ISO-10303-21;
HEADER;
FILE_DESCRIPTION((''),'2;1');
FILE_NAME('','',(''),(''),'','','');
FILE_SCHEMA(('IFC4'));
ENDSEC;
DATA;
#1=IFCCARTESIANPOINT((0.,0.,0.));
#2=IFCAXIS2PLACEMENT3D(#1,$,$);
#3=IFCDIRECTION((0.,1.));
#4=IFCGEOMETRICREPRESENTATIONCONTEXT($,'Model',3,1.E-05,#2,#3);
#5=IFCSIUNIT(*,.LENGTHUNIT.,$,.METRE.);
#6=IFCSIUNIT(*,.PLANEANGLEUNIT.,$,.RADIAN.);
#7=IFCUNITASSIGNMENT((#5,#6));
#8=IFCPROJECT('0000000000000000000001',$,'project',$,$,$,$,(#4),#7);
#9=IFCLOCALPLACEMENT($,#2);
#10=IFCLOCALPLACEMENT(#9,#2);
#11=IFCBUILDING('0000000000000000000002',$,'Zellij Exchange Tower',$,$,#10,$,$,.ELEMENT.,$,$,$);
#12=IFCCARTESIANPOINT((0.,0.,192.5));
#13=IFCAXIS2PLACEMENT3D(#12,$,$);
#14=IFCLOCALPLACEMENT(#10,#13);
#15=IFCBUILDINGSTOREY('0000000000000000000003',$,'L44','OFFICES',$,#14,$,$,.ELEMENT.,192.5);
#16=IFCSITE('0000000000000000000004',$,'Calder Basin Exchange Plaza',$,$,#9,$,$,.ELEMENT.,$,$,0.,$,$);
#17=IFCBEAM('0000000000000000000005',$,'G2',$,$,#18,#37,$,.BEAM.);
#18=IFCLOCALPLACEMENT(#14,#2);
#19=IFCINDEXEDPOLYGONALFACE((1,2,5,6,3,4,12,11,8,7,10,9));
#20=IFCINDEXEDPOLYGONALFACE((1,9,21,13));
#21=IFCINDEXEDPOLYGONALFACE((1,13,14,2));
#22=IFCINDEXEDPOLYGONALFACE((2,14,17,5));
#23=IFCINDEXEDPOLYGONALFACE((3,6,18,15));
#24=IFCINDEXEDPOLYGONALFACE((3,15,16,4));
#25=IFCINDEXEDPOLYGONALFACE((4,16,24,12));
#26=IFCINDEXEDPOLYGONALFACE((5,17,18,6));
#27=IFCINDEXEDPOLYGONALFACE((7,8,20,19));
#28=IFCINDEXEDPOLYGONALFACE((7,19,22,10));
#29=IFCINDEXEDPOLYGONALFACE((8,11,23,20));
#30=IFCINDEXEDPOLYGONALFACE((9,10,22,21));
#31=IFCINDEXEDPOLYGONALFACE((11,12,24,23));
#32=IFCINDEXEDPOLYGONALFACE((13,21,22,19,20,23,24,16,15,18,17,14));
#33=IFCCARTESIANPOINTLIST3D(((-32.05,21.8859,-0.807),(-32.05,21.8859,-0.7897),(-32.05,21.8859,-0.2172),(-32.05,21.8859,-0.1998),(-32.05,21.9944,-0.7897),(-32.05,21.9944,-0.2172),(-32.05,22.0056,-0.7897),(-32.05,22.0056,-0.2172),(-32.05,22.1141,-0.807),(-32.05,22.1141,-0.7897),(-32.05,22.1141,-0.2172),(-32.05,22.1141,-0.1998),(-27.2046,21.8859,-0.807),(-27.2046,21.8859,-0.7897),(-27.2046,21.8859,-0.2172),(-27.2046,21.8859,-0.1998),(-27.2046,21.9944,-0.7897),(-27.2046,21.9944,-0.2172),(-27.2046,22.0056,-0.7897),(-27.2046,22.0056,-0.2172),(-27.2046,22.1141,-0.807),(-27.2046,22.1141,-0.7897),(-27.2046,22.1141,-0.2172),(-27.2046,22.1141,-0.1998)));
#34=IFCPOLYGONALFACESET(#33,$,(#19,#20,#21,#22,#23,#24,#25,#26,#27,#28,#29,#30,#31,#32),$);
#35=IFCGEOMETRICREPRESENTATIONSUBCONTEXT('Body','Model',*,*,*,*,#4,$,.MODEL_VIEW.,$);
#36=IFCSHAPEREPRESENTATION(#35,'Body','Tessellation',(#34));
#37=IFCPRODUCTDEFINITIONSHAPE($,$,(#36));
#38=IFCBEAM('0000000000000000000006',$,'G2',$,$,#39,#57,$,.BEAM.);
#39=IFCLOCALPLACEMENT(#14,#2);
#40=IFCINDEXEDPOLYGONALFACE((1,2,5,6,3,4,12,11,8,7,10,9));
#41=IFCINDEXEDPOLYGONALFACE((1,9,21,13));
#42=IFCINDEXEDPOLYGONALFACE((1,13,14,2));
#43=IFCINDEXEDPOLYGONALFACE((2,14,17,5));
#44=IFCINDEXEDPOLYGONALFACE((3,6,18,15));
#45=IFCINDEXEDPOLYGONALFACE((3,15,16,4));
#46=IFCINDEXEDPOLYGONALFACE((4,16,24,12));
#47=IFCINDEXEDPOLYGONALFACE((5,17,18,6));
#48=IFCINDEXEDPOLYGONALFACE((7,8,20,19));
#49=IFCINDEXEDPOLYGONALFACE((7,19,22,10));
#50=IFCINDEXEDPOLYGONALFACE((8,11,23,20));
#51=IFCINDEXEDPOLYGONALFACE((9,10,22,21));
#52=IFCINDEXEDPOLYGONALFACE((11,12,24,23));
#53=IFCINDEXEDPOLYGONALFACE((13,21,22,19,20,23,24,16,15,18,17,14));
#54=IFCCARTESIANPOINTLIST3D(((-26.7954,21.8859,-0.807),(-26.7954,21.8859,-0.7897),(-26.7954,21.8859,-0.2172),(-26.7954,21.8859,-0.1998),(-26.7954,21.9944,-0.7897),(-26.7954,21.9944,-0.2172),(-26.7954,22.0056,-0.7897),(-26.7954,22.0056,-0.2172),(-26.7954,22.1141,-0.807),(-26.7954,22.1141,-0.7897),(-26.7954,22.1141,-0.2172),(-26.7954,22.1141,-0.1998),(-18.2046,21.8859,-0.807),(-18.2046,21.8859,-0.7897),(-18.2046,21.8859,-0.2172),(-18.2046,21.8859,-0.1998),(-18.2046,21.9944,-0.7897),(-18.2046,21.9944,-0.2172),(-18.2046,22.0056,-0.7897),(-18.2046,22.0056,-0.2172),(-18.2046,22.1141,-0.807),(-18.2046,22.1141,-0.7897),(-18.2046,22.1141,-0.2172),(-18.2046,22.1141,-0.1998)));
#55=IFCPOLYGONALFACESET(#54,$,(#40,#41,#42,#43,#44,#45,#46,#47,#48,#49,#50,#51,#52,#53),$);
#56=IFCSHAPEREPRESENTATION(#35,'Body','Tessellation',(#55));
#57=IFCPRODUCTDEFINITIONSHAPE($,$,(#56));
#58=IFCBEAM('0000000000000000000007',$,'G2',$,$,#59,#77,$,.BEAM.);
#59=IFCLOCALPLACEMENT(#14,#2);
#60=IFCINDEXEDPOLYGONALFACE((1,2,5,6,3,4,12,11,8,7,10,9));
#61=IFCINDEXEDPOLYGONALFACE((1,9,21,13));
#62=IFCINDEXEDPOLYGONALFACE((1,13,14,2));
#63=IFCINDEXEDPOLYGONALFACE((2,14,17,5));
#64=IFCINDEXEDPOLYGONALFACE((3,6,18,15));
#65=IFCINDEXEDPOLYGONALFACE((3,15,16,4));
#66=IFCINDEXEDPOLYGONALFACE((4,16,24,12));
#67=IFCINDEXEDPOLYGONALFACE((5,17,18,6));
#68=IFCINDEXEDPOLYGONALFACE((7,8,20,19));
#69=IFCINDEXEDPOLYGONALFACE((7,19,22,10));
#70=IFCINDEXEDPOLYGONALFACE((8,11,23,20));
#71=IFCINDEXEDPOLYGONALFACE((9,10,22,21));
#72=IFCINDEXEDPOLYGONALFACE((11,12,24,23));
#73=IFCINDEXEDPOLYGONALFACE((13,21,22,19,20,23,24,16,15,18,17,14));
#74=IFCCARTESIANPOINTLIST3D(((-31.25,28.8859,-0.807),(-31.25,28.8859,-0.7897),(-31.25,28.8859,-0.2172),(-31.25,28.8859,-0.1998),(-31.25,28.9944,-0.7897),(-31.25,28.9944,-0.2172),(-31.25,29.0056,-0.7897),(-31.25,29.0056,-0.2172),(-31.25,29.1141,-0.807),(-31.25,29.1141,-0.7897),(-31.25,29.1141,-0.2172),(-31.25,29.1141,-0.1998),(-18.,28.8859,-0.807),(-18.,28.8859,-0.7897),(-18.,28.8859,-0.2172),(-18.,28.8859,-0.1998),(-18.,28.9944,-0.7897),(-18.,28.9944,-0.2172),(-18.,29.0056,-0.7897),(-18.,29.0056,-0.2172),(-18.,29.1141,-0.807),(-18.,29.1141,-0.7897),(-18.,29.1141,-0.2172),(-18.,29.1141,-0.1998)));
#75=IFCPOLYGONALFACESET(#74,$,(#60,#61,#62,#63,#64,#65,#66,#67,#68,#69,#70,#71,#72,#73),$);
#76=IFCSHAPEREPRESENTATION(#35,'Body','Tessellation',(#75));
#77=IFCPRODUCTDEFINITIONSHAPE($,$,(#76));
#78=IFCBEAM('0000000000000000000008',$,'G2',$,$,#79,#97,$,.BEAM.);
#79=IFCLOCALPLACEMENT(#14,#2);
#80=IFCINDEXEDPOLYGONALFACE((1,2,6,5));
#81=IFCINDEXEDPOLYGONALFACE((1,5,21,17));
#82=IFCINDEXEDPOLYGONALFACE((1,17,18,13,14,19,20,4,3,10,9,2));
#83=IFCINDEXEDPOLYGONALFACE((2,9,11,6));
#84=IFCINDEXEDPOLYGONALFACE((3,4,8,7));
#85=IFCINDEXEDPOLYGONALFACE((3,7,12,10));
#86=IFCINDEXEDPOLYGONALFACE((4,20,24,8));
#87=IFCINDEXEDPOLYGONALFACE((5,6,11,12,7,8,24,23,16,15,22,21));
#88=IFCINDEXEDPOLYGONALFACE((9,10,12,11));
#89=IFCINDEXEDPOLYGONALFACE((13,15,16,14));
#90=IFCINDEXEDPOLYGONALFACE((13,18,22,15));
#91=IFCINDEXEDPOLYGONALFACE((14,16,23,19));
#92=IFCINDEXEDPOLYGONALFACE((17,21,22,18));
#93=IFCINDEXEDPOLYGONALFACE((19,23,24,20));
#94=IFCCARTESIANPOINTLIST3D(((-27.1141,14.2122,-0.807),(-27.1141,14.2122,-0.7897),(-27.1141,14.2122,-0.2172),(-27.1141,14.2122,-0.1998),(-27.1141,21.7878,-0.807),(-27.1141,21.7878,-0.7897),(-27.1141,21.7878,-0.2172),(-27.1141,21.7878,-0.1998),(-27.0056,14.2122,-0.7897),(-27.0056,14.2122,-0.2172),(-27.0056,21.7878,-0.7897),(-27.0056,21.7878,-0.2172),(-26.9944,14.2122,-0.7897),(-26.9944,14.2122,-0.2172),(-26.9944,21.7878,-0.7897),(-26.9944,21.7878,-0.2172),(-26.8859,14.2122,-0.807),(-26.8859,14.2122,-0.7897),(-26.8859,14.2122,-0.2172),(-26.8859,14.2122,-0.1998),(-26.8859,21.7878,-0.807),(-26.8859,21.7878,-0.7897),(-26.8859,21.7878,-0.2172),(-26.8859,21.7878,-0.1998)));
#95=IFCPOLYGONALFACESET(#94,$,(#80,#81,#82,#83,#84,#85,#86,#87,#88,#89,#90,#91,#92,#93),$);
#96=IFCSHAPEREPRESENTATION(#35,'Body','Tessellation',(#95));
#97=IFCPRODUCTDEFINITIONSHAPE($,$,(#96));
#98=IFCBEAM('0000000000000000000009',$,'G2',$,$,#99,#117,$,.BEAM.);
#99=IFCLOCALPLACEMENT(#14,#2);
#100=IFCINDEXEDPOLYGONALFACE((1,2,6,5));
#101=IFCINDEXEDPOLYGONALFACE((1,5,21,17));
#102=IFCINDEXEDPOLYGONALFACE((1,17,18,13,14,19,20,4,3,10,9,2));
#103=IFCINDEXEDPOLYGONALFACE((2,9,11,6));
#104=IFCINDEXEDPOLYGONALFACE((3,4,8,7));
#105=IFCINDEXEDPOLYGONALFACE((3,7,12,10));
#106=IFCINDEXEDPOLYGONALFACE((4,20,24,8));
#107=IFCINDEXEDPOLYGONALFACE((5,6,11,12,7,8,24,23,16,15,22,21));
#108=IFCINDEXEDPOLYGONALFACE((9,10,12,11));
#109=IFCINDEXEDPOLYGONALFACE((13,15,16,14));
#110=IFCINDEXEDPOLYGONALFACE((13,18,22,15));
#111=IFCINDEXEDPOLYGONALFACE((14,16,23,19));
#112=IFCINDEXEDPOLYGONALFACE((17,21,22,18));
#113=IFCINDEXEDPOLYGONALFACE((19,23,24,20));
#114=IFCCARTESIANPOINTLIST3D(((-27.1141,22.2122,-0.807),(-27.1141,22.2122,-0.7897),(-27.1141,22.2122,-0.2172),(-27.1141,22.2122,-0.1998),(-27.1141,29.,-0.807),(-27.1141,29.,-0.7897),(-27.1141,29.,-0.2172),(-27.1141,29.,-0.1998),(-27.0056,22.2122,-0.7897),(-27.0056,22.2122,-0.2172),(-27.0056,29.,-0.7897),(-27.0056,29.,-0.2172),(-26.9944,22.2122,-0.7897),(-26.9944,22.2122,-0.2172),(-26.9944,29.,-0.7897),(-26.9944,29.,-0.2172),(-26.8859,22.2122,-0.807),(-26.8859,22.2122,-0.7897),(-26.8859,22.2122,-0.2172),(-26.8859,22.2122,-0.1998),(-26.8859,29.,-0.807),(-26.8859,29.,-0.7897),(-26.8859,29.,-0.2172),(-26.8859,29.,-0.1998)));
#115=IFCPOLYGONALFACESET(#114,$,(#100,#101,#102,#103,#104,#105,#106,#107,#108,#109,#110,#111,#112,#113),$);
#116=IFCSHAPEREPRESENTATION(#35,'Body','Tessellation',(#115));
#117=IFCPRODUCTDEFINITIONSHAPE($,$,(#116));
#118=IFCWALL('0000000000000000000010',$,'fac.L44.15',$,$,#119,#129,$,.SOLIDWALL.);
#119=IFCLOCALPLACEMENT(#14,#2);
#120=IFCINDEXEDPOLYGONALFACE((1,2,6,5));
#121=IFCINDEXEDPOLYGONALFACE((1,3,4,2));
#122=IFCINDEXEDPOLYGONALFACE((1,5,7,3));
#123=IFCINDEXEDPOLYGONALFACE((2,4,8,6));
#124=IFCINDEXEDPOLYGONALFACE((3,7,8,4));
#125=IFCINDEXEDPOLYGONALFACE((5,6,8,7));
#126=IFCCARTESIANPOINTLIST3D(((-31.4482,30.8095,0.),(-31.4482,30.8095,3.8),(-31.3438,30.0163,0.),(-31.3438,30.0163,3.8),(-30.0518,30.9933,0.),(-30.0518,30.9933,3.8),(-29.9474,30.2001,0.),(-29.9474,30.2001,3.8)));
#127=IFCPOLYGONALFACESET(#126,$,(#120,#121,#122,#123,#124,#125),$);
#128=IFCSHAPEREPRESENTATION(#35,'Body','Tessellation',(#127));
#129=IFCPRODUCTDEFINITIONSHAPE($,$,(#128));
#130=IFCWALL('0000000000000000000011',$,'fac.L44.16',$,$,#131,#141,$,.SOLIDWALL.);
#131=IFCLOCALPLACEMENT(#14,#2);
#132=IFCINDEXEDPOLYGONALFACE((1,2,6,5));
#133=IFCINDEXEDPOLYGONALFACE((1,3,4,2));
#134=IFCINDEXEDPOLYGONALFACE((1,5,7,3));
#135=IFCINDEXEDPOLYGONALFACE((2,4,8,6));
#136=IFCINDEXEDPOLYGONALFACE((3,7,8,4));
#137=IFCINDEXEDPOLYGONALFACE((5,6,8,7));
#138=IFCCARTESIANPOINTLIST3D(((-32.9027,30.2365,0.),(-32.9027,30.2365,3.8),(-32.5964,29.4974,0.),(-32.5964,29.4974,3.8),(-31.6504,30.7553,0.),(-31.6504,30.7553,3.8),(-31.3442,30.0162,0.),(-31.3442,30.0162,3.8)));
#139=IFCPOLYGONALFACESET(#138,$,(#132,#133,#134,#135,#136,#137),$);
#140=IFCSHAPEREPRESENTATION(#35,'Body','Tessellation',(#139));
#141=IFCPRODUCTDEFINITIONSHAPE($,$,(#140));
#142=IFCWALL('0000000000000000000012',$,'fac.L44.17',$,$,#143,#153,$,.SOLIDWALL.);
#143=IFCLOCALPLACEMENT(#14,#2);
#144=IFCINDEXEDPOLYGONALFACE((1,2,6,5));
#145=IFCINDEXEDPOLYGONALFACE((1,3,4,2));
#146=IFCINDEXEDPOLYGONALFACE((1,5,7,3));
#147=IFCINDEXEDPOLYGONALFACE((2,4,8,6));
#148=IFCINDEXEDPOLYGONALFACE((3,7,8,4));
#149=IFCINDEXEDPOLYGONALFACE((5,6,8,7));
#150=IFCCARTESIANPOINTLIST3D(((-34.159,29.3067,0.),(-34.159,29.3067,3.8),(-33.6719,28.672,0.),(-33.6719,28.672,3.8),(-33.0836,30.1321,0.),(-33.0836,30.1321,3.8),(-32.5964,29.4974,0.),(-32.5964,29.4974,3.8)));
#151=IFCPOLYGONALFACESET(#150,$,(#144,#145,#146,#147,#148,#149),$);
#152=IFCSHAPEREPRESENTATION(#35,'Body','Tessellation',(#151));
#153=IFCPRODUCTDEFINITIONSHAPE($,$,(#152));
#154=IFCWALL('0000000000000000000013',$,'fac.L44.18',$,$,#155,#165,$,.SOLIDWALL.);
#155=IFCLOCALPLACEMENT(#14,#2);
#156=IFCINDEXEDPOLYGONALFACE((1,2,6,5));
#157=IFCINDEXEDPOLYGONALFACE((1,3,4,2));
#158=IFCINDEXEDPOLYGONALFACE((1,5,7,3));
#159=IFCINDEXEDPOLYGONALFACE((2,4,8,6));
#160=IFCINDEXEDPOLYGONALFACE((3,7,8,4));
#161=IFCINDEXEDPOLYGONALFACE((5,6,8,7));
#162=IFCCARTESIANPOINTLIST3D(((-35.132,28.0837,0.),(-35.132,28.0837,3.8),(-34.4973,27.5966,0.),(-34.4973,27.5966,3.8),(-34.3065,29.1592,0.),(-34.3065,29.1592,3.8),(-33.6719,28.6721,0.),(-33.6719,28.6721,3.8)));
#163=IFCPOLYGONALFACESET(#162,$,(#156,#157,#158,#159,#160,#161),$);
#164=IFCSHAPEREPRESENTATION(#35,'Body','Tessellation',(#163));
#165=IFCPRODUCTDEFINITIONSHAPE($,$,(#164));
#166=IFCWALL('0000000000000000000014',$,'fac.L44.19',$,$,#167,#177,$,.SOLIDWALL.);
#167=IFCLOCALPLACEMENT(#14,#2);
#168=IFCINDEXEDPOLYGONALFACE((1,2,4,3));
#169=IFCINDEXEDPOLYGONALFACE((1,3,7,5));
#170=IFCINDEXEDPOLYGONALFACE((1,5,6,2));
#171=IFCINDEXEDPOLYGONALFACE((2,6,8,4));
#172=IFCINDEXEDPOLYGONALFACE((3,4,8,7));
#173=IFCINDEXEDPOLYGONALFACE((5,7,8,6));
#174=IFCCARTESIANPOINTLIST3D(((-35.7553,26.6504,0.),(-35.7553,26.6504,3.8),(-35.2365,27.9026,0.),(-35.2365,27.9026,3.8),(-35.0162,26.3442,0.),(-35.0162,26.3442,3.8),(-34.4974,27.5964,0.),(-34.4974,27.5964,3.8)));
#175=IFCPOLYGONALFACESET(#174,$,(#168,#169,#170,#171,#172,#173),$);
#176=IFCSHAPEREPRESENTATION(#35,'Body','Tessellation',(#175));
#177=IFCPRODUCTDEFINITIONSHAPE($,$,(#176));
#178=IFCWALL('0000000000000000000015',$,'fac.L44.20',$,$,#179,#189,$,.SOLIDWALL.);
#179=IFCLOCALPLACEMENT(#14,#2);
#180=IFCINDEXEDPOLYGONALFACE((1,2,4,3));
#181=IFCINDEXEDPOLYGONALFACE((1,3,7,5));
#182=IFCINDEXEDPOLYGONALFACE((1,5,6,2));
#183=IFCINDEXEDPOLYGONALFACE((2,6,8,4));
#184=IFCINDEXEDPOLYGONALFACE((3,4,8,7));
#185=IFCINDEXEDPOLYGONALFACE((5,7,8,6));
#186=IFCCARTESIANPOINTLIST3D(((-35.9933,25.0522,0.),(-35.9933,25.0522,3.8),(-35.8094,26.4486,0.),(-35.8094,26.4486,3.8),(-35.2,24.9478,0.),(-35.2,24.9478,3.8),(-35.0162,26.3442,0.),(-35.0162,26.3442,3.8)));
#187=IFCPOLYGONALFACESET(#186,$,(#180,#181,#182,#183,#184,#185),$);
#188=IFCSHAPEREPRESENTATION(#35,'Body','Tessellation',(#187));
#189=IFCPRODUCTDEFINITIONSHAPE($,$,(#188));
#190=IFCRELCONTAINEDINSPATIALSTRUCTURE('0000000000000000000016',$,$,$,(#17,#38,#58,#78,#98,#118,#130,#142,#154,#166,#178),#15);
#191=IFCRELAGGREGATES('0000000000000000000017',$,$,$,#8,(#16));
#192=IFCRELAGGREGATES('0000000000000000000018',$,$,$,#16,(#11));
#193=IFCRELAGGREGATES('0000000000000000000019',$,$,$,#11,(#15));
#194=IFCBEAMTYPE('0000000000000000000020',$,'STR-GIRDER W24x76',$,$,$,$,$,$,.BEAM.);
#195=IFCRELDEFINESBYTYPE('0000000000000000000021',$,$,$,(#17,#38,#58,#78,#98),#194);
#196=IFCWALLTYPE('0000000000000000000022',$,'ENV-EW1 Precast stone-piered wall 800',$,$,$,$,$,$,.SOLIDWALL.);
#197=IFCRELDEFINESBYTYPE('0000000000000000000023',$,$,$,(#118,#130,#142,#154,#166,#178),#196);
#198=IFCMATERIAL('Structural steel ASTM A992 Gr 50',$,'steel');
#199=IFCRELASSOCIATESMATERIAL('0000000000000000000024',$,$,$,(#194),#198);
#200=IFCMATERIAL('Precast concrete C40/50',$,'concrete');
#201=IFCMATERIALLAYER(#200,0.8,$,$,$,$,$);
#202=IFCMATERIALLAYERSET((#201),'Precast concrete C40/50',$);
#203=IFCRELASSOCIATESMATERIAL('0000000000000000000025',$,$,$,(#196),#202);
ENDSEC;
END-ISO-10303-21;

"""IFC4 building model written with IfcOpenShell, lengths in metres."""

from ifc_helpers import new_model, si_unit, direction, frame, frame_2d, origin, origin_2d, place, context, subcontext, project, spatial, rectangle, i_section, extrude, material, layer, layer_set, material_profile, profile_set, type_object, element, save


model = new_model("IFC4")

# Units and contexts
model_context = context("Model", 3, precision=1e-05, world=origin(), true_north=direction((0.0, 1.0)))
body_context = subcontext(model_context, "Body", "Model", "MODEL_VIEW")
ifc_project = project(units=[si_unit("LENGTHUNIT", "METRE"), si_unit("PLANEANGLEUNIT", "RADIAN")], contexts=[model_context])

# Site, building, storey
site_placement = place(None, origin())
site = spatial("IfcSite", under=ifc_project, at=site_placement, Name="Calder Basin Exchange Plaza", CompositionType="ELEMENT", RefElevation=0.0)
building_placement = place(site_placement, origin())
building = spatial("IfcBuilding", under=site, at=building_placement, Name="Zellij Exchange Tower", CompositionType="ELEMENT")
storey_placement = place(building_placement, frame((0.0, 0.0, 192.5)))
storey = spatial("IfcBuildingStorey", under=building, at=storey_placement, Name="L44", Description="OFFICES", CompositionType="ELEMENT", Elevation=192.5)

# Beams
ifc_material_1 = material(Name="Structural steel ASTM A992 Gr 50", Category="steel")
ifc_material_profile_1 = material_profile(ifc_material_1, i_section(OverallWidth=0.2283, OverallDepth=0.6072, WebThickness=0.0112, FlangeThickness=0.0173, at=origin_2d()), Name="W24x76")
ifc_profile_set_1 = profile_set([ifc_material_profile_1], Name="Structural steel ASTM A992 Gr 50")
beam_type_1 = type_object("IfcBeamType", Name="STR-GIRDER W24x76", PredefinedType="BEAM", material=ifc_profile_set_1)
beam_1_placement = place(storey_placement, frame((-32.05, 22.0, -0.5034), z_axis=(1.0, 0.0, 0.0), x_axis=(0.0, 1.0, 0.0)))
element("IfcBeam", 1, at=beam_1_placement, inside=storey, type_object=beam_type_1, Name="G2", PredefinedType="BEAM", context=body_context, shape_type="SweptSolid", body=[
    extrude(i_section(OverallWidth=0.2283, OverallDepth=0.6072, WebThickness=0.0112, FlangeThickness=0.0173, at=origin_2d()), origin(), (0.0, 0.0, 1.0), 4.8455),
])
beam_2_placement = place(storey_placement, frame((-26.7954, 22.0, -0.5034), z_axis=(1.0, 0.0, 0.0), x_axis=(0.0, 1.0, 0.0)))
element("IfcBeam", 2, at=beam_2_placement, inside=storey, type_object=beam_type_1, Name="G2", PredefinedType="BEAM", context=body_context, shape_type="SweptSolid", body=[
    extrude(i_section(OverallWidth=0.2283, OverallDepth=0.6072, WebThickness=0.0112, FlangeThickness=0.0173, at=origin_2d()), origin(), (0.0, 0.0, 1.0), 8.5908),
])
beam_3_placement = place(storey_placement, frame((-31.25, 29.0, -0.5034), z_axis=(1.0, 0.0, 0.0), x_axis=(0.0, 1.0, 0.0)))
element("IfcBeam", 3, at=beam_3_placement, inside=storey, type_object=beam_type_1, Name="G2", PredefinedType="BEAM", context=body_context, shape_type="SweptSolid", body=[
    extrude(i_section(OverallWidth=0.2283, OverallDepth=0.6072, WebThickness=0.0112, FlangeThickness=0.0173, at=origin_2d()), origin(), (0.0, 0.0, 1.0), 13.25),
])
beam_4_placement = place(storey_placement, frame((-27.0, 14.2122, -0.5034), z_axis=(0.0, 1.0, 0.0), x_axis=(-1.0, 0.0, 0.0)))
element("IfcBeam", 4, at=beam_4_placement, inside=storey, type_object=beam_type_1, Name="G2", PredefinedType="BEAM", context=body_context, shape_type="SweptSolid", body=[
    extrude(i_section(OverallWidth=0.2283, OverallDepth=0.6072, WebThickness=0.0112, FlangeThickness=0.0173, at=origin_2d()), origin(), (0.0, 0.0, 1.0), 7.5757),
])
beam_5_placement = place(storey_placement, frame((-27.0, 22.2122, -0.5034), z_axis=(0.0, 1.0, 0.0), x_axis=(-1.0, 0.0, 0.0)))
element("IfcBeam", 5, at=beam_5_placement, inside=storey, type_object=beam_type_1, Name="G2", PredefinedType="BEAM", context=body_context, shape_type="SweptSolid", body=[
    extrude(i_section(OverallWidth=0.2283, OverallDepth=0.6072, WebThickness=0.0112, FlangeThickness=0.0173, at=origin_2d()), origin(), (0.0, 0.0, 1.0), 6.7878),
])

# Walls
ifc_material_2 = material(Name="Precast concrete C40/50", Category="concrete")
ifc_layer = layer(ifc_material_2, 0.8)
ifc_layer_set = layer_set([ifc_layer], Name="Precast concrete C40/50")
wall_type = type_object("IfcWallType", Name="ENV-EW1 Precast stone-piered wall 800", PredefinedType="SOLIDWALL", material=ifc_layer_set)
wall_1_placement = place(storey_placement, frame((-29.9998, 30.5967, 0.0), z_axis=(0.0, 0.0, 1.0), x_axis=(-0.991446, -0.130517, 0.0)))
element("IfcWall", 6, at=wall_1_placement, inside=storey, type_object=wall_type, Name="fac.L44.15", PredefinedType="SOLIDWALL", context=body_context, shape_type="SweptSolid", body=[
    extrude(rectangle(XDim=1.4084, YDim=0.8, at=frame_2d((0.7041, 0.0))), origin(), (0.0, 0.0, 1.0), 3.8),
])
wall_2_placement = place(storey_placement, frame((-31.4973, 30.3857, 0.0), z_axis=(0.0, 0.0, 1.0), x_axis=(-0.923848, -0.38276, 0.0)))
element("IfcWall", 7, at=wall_2_placement, inside=storey, type_object=wall_type, Name="fac.L44.16", PredefinedType="SOLIDWALL", context=body_context, shape_type="SweptSolid", body=[
    extrude(rectangle(XDim=1.3555, YDim=0.8, at=frame_2d((0.6777, 0.0))), origin(), (0.0, 0.0, 1.0), 3.8),
])
for number, where, z_axis, x_axis, name in (
    (8, (-32.8401, 29.8147, 0.0), (0.0, 0.0, 1.0), (-0.793273, -0.608866, 0.0), "fac.L44.17"),
    (9, (-33.9893, 28.9155, 0.0), (0.0, 0.0, 1.0), (-0.608866, -0.793273, 0.0), "fac.L44.18"),
):
    element("IfcWall", number, at=place(storey_placement, frame(where, z_axis=z_axis, x_axis=x_axis)), inside=storey, type_object=wall_type, Name=name, PredefinedType="SOLIDWALL", context=body_context, shape_type="SweptSolid", body=[
        extrude(rectangle(XDim=1.3557, YDim=0.8, at=frame_2d((0.6777, 0.0))), origin(), (0.0, 0.0, 1.0), 3.8),
    ])
wall_3_placement = place(storey_placement, frame((-34.8669, 27.7495, 0.0), z_axis=(0.0, 0.0, 1.0), x_axis=(-0.38276, -0.923848, 0.0)))
element("IfcWall", 10, at=wall_3_placement, inside=storey, type_object=wall_type, Name="fac.L44.19", PredefinedType="SOLIDWALL", context=body_context, shape_type="SweptSolid", body=[
    extrude(rectangle(XDim=1.3555, YDim=0.8, at=frame_2d((0.6777, 0.0))), origin(), (0.0, 0.0, 1.0), 3.8),
])
wall_4_placement = place(storey_placement, frame((-35.4128, 26.3962, 0.0), z_axis=(0.0, 0.0, 1.0), x_axis=(-0.130517, -0.991446, 0.0)))
element("IfcWall", 11, at=wall_4_placement, inside=storey, type_object=wall_type, Name="fac.L44.20", PredefinedType="SOLIDWALL", context=body_context, shape_type="SweptSolid", body=[
    extrude(rectangle(XDim=1.4084, YDim=0.8, at=frame_2d((0.7041, 0.0))), origin(), (0.0, 0.0, 1.0), 3.8),
])

save(model, "model.ifc")
